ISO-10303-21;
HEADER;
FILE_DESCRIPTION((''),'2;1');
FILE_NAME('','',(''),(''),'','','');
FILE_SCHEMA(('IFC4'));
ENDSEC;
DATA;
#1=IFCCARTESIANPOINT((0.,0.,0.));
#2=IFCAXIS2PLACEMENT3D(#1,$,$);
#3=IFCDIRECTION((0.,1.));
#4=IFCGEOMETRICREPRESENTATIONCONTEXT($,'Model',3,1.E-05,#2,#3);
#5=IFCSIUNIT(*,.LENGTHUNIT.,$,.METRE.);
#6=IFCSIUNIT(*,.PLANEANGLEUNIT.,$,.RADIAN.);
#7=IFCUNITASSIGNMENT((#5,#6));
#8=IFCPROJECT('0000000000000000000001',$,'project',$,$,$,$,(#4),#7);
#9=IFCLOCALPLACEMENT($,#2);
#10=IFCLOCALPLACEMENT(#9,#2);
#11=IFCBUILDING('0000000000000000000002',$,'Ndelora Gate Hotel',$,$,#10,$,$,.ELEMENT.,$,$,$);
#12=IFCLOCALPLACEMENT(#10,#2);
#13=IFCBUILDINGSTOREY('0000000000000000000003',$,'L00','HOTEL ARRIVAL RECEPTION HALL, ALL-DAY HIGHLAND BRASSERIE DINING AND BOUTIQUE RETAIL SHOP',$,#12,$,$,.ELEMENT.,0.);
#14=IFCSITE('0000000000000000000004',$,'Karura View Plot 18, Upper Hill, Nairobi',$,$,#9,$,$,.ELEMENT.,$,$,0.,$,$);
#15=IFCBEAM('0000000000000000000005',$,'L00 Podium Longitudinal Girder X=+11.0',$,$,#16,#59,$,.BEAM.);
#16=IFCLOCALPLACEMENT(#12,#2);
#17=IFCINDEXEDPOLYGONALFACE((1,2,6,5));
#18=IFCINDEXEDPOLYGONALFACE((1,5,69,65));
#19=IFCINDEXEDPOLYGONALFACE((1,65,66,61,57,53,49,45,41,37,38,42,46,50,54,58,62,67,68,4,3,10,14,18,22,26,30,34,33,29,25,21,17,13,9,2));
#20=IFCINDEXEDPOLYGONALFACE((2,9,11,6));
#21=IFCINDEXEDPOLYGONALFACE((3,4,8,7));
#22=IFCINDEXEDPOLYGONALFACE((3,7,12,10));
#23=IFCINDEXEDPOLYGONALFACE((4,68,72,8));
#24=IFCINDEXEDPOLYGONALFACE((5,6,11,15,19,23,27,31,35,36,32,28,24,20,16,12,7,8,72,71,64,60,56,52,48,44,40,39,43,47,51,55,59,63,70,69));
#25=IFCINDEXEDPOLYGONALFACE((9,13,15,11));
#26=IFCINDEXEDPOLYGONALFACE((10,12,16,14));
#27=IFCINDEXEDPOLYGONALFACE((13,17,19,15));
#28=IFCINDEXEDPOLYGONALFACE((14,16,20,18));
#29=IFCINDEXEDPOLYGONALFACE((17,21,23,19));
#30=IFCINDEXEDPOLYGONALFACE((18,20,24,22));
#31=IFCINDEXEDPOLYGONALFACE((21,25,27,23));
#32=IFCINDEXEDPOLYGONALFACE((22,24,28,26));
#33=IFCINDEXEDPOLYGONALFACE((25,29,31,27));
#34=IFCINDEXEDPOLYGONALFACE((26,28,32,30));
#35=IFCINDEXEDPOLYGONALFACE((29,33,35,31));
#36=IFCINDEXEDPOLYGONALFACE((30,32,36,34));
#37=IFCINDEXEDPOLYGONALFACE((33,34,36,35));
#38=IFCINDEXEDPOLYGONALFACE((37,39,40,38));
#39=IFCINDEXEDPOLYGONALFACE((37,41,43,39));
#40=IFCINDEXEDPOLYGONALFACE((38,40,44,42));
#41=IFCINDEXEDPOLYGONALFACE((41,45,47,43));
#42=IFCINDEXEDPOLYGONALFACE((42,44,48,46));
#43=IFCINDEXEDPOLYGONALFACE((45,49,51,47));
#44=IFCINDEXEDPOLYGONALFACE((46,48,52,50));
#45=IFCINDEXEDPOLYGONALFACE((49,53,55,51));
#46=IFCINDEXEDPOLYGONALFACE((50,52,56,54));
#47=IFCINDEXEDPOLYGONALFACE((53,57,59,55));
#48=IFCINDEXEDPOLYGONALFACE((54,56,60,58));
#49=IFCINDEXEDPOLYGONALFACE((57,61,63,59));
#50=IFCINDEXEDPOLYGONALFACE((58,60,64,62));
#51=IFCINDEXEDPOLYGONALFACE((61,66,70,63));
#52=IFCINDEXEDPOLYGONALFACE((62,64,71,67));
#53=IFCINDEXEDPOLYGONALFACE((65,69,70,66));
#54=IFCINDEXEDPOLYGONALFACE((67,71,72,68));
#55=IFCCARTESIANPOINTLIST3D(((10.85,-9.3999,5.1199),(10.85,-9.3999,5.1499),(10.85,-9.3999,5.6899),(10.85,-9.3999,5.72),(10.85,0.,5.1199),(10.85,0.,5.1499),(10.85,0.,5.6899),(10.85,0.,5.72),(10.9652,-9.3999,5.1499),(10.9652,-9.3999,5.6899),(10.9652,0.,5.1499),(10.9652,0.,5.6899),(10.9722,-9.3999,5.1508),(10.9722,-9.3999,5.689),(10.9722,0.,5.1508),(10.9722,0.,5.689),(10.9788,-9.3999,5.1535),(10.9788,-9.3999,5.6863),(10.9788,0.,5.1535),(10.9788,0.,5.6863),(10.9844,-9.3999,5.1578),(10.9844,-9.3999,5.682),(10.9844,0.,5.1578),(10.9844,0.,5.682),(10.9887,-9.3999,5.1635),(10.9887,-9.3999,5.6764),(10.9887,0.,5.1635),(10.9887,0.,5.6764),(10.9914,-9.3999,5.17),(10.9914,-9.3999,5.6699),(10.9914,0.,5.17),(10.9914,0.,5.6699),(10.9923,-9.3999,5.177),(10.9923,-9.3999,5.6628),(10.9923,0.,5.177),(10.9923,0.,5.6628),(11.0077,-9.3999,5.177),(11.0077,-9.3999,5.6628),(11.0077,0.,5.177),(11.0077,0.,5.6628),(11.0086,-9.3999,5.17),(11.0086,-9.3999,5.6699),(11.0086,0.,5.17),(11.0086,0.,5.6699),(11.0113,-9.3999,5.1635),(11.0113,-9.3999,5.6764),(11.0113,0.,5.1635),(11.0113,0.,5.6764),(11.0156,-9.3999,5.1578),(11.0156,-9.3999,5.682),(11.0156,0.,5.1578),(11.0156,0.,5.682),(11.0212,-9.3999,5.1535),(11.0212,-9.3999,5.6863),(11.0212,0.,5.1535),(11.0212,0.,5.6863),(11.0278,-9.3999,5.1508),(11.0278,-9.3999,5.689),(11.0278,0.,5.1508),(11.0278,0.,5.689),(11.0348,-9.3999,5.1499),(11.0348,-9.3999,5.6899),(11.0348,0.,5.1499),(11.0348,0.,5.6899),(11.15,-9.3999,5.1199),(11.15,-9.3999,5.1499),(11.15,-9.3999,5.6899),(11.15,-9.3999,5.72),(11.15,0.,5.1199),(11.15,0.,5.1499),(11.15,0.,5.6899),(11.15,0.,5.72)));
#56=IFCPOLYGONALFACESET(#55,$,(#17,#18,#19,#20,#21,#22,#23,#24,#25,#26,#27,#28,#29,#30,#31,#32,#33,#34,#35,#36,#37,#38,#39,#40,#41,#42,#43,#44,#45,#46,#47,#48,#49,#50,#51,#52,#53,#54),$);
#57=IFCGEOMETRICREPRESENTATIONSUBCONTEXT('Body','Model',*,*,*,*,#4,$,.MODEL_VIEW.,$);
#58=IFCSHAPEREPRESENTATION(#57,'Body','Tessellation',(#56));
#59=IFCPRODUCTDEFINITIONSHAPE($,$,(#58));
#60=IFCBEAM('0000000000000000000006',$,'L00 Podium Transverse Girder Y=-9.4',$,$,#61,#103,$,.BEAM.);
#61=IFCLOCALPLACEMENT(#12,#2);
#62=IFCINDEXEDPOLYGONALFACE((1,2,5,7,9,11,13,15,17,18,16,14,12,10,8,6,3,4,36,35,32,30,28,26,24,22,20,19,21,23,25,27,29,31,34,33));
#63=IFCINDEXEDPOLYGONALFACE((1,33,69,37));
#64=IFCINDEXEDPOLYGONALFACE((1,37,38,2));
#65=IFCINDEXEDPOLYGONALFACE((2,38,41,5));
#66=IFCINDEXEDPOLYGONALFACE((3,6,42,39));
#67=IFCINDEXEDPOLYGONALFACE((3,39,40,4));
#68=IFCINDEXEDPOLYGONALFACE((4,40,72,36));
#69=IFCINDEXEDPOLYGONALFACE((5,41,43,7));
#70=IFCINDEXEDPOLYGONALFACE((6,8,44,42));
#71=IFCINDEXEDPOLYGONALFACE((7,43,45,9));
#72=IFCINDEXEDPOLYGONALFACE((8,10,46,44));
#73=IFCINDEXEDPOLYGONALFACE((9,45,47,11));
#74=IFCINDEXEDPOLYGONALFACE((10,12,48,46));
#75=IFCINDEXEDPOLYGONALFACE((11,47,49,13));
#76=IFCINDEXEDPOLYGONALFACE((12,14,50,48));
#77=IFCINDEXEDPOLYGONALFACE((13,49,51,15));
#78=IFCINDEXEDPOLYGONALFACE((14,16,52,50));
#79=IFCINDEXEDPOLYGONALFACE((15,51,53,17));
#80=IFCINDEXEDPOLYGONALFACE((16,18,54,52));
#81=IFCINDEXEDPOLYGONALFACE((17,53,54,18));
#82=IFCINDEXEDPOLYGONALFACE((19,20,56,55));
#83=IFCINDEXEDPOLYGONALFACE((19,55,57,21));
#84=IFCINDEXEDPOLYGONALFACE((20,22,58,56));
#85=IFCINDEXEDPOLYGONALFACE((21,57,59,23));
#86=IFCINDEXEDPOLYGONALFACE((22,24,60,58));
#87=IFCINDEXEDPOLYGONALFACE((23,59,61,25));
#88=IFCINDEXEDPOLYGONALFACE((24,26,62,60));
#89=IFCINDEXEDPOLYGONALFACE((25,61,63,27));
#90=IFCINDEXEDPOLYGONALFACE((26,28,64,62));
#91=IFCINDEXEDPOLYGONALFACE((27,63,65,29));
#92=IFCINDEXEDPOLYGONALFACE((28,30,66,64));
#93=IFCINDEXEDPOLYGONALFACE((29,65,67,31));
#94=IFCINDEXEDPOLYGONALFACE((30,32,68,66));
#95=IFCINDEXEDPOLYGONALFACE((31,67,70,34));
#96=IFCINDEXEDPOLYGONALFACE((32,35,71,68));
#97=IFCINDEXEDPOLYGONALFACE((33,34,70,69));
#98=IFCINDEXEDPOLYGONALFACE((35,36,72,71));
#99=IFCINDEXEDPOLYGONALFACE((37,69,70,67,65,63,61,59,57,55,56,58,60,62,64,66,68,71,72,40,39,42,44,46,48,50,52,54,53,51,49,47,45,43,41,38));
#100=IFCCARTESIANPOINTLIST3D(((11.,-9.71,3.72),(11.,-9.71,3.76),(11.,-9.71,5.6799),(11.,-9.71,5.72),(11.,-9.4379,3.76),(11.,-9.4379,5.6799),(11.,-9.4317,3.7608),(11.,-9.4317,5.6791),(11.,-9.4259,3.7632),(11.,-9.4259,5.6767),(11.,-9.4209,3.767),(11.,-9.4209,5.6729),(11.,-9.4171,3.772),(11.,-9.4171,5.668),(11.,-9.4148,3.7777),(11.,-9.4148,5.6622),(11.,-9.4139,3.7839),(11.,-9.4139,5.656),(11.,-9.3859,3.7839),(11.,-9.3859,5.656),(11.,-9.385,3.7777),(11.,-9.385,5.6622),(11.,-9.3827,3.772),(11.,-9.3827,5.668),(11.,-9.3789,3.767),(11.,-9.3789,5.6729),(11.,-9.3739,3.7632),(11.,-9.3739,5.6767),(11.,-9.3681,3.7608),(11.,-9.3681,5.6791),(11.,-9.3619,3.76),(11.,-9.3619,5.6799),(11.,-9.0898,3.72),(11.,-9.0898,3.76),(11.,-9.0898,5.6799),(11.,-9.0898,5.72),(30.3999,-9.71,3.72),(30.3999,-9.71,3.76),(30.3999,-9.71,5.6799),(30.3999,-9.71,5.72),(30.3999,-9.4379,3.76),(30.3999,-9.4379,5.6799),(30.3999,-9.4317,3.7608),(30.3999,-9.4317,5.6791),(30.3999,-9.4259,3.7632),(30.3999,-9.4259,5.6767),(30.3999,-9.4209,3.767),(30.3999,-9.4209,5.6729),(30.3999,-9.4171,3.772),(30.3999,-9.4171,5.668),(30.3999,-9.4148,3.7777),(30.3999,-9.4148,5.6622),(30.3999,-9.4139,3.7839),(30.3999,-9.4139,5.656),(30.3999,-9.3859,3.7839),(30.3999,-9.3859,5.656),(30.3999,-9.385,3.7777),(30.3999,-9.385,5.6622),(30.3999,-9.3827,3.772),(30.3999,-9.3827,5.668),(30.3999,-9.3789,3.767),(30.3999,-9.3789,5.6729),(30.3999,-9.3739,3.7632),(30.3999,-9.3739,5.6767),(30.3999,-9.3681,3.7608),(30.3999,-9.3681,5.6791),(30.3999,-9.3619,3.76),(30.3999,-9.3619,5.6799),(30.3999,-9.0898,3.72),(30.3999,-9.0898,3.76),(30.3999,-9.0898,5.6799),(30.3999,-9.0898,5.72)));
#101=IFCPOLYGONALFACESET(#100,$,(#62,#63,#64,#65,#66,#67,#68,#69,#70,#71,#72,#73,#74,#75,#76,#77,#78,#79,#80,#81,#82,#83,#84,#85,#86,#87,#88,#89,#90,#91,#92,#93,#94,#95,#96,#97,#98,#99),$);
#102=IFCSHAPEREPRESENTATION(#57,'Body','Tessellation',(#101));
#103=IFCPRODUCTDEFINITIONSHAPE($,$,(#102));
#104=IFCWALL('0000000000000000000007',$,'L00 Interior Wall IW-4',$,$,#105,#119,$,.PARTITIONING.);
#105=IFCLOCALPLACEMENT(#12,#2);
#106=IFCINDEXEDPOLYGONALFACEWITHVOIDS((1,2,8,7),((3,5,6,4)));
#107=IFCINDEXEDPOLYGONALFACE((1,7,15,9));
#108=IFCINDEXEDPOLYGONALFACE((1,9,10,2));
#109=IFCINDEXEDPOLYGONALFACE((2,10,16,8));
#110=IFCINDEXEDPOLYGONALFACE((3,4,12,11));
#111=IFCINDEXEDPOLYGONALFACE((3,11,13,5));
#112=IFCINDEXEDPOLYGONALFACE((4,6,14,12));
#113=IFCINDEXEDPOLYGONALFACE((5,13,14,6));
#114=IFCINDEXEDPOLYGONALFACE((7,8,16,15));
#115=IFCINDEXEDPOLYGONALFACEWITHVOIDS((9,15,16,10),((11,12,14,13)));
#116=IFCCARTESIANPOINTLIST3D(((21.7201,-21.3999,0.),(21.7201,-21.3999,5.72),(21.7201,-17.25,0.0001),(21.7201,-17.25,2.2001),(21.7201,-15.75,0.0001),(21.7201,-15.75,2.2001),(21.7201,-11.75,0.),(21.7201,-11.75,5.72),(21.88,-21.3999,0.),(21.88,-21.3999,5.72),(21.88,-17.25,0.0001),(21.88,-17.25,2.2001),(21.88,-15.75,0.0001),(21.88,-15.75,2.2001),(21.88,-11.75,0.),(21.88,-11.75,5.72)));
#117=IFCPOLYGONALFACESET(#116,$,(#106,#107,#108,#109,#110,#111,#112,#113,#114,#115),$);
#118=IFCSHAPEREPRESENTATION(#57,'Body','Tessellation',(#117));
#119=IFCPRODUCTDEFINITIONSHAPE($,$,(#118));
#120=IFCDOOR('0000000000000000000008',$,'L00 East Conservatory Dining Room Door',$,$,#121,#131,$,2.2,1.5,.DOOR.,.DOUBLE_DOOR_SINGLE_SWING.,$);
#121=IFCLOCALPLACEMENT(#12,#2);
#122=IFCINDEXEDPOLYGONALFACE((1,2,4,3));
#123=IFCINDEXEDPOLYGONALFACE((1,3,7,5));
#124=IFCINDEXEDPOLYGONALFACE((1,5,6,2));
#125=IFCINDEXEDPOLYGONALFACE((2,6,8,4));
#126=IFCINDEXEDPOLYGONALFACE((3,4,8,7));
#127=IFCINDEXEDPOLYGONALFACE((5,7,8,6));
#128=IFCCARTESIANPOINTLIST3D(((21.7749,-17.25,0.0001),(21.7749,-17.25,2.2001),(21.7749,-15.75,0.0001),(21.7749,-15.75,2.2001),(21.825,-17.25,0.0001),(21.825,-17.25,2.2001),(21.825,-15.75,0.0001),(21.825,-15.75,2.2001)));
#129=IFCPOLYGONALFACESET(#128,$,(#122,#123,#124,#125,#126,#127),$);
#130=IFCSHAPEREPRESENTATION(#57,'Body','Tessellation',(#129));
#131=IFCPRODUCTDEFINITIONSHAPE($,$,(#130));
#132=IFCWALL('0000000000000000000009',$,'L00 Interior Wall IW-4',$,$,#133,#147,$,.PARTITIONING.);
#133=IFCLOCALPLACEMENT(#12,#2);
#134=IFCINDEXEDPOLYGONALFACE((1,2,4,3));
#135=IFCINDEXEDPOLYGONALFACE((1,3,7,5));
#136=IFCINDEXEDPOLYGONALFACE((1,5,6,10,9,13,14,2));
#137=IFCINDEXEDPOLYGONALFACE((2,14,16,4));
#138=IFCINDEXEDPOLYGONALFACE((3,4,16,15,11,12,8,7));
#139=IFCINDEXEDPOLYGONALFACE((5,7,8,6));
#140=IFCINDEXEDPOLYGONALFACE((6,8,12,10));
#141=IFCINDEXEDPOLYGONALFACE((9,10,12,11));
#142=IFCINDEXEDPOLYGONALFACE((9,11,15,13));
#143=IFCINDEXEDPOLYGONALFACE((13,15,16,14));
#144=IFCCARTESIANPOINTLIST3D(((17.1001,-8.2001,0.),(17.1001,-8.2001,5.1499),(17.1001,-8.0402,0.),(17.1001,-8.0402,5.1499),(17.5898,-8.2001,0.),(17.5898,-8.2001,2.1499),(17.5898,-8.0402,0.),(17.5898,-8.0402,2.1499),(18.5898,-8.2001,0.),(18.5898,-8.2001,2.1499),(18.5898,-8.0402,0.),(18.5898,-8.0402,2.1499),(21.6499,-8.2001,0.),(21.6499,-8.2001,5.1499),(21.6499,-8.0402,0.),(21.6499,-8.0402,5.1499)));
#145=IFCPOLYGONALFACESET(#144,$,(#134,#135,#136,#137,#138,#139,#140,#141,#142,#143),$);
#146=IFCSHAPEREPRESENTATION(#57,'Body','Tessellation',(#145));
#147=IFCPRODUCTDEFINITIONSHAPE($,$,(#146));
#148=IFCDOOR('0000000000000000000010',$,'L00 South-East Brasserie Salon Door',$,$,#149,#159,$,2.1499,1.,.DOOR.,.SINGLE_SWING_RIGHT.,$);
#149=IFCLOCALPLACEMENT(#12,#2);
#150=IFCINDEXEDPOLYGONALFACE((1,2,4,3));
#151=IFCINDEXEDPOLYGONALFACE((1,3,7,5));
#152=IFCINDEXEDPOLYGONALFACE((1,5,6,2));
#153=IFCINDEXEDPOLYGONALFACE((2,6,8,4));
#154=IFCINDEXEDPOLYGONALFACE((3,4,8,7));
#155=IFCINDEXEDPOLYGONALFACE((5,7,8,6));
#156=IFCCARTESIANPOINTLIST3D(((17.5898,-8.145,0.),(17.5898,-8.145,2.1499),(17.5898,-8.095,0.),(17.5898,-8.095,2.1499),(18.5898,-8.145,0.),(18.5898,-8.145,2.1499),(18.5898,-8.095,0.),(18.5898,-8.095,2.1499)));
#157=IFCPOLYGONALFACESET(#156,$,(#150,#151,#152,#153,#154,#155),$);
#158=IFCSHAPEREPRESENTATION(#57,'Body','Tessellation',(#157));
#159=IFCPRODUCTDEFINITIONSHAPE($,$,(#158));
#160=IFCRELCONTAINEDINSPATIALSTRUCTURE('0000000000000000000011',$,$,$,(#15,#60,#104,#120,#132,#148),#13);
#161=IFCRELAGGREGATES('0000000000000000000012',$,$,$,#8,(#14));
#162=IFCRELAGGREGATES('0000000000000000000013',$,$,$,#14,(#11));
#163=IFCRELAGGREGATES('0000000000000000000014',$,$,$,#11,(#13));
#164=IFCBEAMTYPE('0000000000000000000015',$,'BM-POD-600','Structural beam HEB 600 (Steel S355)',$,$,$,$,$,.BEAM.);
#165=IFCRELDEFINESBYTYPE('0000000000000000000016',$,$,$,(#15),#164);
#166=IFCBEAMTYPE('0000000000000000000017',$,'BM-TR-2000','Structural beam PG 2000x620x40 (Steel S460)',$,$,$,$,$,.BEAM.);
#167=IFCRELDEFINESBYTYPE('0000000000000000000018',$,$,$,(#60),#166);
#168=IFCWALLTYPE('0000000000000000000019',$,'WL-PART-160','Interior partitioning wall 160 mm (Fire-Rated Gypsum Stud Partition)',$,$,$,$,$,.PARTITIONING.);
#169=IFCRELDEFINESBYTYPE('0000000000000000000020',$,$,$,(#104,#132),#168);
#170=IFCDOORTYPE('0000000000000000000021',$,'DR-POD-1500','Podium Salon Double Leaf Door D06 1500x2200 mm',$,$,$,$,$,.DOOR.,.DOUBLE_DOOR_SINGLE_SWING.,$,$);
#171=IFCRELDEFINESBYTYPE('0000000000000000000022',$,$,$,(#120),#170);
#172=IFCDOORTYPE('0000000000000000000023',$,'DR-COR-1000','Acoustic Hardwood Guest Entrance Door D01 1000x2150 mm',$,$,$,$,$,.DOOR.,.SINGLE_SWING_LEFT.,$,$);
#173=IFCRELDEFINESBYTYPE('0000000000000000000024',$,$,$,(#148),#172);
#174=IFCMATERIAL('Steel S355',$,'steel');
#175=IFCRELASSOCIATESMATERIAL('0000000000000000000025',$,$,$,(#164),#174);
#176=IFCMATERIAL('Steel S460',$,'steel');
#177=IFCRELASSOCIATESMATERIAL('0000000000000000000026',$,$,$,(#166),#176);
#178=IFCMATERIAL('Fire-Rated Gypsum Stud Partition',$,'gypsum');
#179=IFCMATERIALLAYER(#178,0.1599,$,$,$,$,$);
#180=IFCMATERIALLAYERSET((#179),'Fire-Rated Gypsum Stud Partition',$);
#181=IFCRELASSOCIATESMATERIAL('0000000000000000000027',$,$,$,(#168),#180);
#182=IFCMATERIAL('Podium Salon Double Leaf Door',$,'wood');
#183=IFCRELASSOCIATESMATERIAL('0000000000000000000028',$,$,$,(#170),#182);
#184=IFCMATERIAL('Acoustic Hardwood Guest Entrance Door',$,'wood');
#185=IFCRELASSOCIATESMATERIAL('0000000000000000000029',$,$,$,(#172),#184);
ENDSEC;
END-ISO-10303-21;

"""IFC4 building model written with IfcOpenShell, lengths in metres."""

from ifc_helpers import new_model, si_unit, direction, frame, frame_2d, origin, origin_2d, place, context, subcontext, project, spatial, rectangle, i_section, extrude, material, layer, layer_set, material_profile, profile_set, type_object, element, fill, save


model = new_model("IFC4")

# Units and contexts
model_context = context("Model", 3, precision=1e-05, world=origin(), true_north=direction((0.0, 1.0)))
body_context = subcontext(model_context, "Body", "Model", "MODEL_VIEW")
ifc_project = project(units=[si_unit("LENGTHUNIT", "METRE"), si_unit("PLANEANGLEUNIT", "RADIAN")], contexts=[model_context])

# Site, building, storey
site_placement = place(None, origin())
site = spatial("IfcSite", under=ifc_project, at=site_placement, Name="Karura View Plot 18, Upper Hill, Nairobi", CompositionType="ELEMENT", RefElevation=0.0)
building_placement = place(site_placement, origin())
building = spatial("IfcBuilding", under=site, at=building_placement, Name="Ndelora Gate Hotel", CompositionType="ELEMENT")
storey_placement = place(building_placement, origin())
storey = spatial("IfcBuildingStorey", under=building, at=storey_placement, Name="L00", Description="HOTEL ARRIVAL RECEPTION HALL, ALL-DAY HIGHLAND BRASSERIE DINING AND BOUTIQUE RETAIL SHOP", CompositionType="ELEMENT", Elevation=0.0)

# Beams
ifc_material_1 = material(Name="Steel S355", Category="steel")
ifc_material_profile_1 = material_profile(ifc_material_1, i_section(OverallWidth=0.3, OverallDepth=0.6001, WebThickness=0.0154, FlangeThickness=0.03, FilletRadius=0.0271, at=origin_2d()), Name="HEB 600")
ifc_profile_set_1 = profile_set([ifc_material_profile_1], Name="Steel S355")
beam_type_1 = type_object("IfcBeamType", Name="BM-POD-600", Description="Structural beam HEB 600 (Steel S355)", PredefinedType="BEAM", material=ifc_profile_set_1)
beam_1_placement = place(storey_placement, frame((11.0, -9.3999, 5.4199), z_axis=(0.0, 1.0, 0.0), x_axis=(-1.0, 0.0, 0.0)))
element("IfcBeam", 1, at=beam_1_placement, inside=storey, type_object=beam_type_1, Name="L00 Podium Longitudinal Girder X=+11.0", PredefinedType="BEAM", context=body_context, shape_type="SweptSolid", body=[
    extrude(i_section(OverallWidth=0.3, OverallDepth=0.6001, WebThickness=0.0154, FlangeThickness=0.03, FilletRadius=0.0271, at=origin_2d()), origin(), (0.0, 0.0, 1.0), 9.3999),
])
ifc_material_2 = material(Name="Steel S460", Category="steel")
ifc_material_profile_2 = material_profile(ifc_material_2, i_section(OverallWidth=0.6201, OverallDepth=2.0, WebThickness=0.0281, FlangeThickness=0.04, FilletRadius=0.0239, at=origin_2d()), Name="PG 2000x620x40")
ifc_profile_set_2 = profile_set([ifc_material_profile_2], Name="Steel S460")
beam_type_2 = type_object("IfcBeamType", Name="BM-TR-2000", Description="Structural beam PG 2000x620x40 (Steel S460)", PredefinedType="BEAM", material=ifc_profile_set_2)
beam_2_placement = place(storey_placement, frame((11.0, -9.3999, 4.72), z_axis=(1.0, 0.0, 0.0), x_axis=(0.0, 1.0, 0.0)))
element("IfcBeam", 2, at=beam_2_placement, inside=storey, type_object=beam_type_2, Name="L00 Podium Transverse Girder Y=-9.4", PredefinedType="BEAM", context=body_context, shape_type="SweptSolid", body=[
    extrude(i_section(OverallWidth=0.6201, OverallDepth=2.0, WebThickness=0.0281, FlangeThickness=0.04, FilletRadius=0.0239, at=origin_2d()), origin(), (0.0, 0.0, 1.0), 19.3999),
])

# Walls, openings, doors
ifc_material_3 = material(Name="Fire-Rated Gypsum Stud Partition", Category="gypsum")
ifc_layer_1 = layer(ifc_material_3, 0.1599)
ifc_layer_set_1 = layer_set([ifc_layer_1], Name="Fire-Rated Gypsum Stud Partition")
wall_type_1 = type_object("IfcWallType", Name="WL-PART-160", Description="Interior partitioning wall 160 mm (Fire-Rated Gypsum Stud Partition)", PredefinedType="PARTITIONING", material=ifc_layer_set_1)
wall_1_placement = place(storey_placement, frame((21.8, -11.75, 0.0), z_axis=(0.0, 0.0, 1.0), x_axis=(0.0, -1.0, 0.0)))
wall_1 = element("IfcWall", 3, at=wall_1_placement, inside=storey, type_object=wall_type_1, Name="L00 Interior Wall IW-4", PredefinedType="PARTITIONING", context=body_context, shape_type="SweptSolid", body=[
    extrude(rectangle(XDim=9.6499, YDim=0.1599, at=frame_2d((4.825, 0.0))), origin(), (0.0, 0.0, 1.0), 5.72),
])
opening_1_placement = place(wall_1_placement, frame((4.0, 0.0, 0.0)))
opening_1 = element("IfcOpeningElement", 4, at=opening_1_placement, cuts=wall_1, PredefinedType="OPENING", context=body_context, shape_type="SweptSolid", body=[
    extrude(rectangle(XDim=1.5, YDim=2.2, at=frame_2d((0.75, 1.1001))), frame((0.0, 0.0898, 0.0), z_axis=(0.0, -1.0, 0.0), x_axis=(1.0, 0.0, 0.0)), (0.0, 0.0, 1.0), 0.1799),
])
ifc_material_4 = material(Name="Podium Salon Double Leaf Door", Category="wood")
door_type_1 = type_object("IfcDoorType", Name="DR-POD-1500", Description="Podium Salon Double Leaf Door D06 1500x2200 mm", OperationType="DOUBLE_DOOR_SINGLE_SWING", PredefinedType="DOOR", material=ifc_material_4)
door_1_placement = place(opening_1_placement, origin())
door_1 = element("IfcDoor", 5, at=door_1_placement, inside=storey, type_object=door_type_1, Name="L00 East Conservatory Dining Room Door", OperationType="DOUBLE_DOOR_SINGLE_SWING", OverallHeight=2.2, OverallWidth=1.5, PredefinedType="DOOR", context=body_context, shape_type="SweptSolid", body=[
    extrude(rectangle(XDim=1.5, YDim=2.2, at=frame_2d((0.75, 1.1001))), frame((0.0, 0.0249, 0.0), z_axis=(0.0, -1.0, 0.0), x_axis=(1.0, 0.0, 0.0)), (0.0, 0.0, 1.0), 0.05),
])
fill(opening_1, door_1)
wall_2_placement = place(storey_placement, frame((21.6499, -8.1201, 0.0), z_axis=(0.0, 0.0, 1.0), x_axis=(-1.0, 0.0, 0.0)))
wall_2 = element("IfcWall", 6, at=wall_2_placement, inside=storey, type_object=wall_type_1, Name="L00 Interior Wall IW-4", PredefinedType="PARTITIONING", context=body_context, shape_type="SweptSolid", body=[
    extrude(rectangle(XDim=4.5498, YDim=0.1599, at=frame_2d((2.2749, 0.0))), origin(), (0.0, 0.0, 1.0), 5.1499),
])
opening_2_placement = place(wall_2_placement, frame((3.0601, 0.0, 0.0)))
opening_2 = element("IfcOpeningElement", 7, at=opening_2_placement, cuts=wall_2, PredefinedType="OPENING", context=body_context, shape_type="SweptSolid", body=[
    extrude(rectangle(XDim=1.0, YDim=2.1499, at=frame_2d((0.5, 1.075))), frame((0.0, 0.0898, 0.0), z_axis=(0.0, -1.0, 0.0), x_axis=(1.0, 0.0, 0.0)), (0.0, 0.0, 1.0), 0.1799),
])
ifc_material_5 = material(Name="Acoustic Hardwood Guest Entrance Door", Category="wood")
door_type_2 = type_object("IfcDoorType", Name="DR-COR-1000", Description="Acoustic Hardwood Guest Entrance Door D01 1000x2150 mm", OperationType="SINGLE_SWING_LEFT", PredefinedType="DOOR", material=ifc_material_5)
door_2_placement = place(opening_2_placement, origin())
door_2 = element("IfcDoor", 8, at=door_2_placement, inside=storey, type_object=door_type_2, Name="L00 South-East Brasserie Salon Door", OperationType="SINGLE_SWING_RIGHT", OverallHeight=2.1499, OverallWidth=1.0, PredefinedType="DOOR", context=body_context, shape_type="SweptSolid", body=[
    extrude(rectangle(XDim=1.0, YDim=2.1499, at=frame_2d((0.5, 1.075))), frame((0.0, 0.0249, 0.0), z_axis=(0.0, -1.0, 0.0), x_axis=(1.0, 0.0, 0.0)), (0.0, 0.0, 1.0), 0.05),
])
fill(opening_2, door_2)

save(model, "model.ifc")
